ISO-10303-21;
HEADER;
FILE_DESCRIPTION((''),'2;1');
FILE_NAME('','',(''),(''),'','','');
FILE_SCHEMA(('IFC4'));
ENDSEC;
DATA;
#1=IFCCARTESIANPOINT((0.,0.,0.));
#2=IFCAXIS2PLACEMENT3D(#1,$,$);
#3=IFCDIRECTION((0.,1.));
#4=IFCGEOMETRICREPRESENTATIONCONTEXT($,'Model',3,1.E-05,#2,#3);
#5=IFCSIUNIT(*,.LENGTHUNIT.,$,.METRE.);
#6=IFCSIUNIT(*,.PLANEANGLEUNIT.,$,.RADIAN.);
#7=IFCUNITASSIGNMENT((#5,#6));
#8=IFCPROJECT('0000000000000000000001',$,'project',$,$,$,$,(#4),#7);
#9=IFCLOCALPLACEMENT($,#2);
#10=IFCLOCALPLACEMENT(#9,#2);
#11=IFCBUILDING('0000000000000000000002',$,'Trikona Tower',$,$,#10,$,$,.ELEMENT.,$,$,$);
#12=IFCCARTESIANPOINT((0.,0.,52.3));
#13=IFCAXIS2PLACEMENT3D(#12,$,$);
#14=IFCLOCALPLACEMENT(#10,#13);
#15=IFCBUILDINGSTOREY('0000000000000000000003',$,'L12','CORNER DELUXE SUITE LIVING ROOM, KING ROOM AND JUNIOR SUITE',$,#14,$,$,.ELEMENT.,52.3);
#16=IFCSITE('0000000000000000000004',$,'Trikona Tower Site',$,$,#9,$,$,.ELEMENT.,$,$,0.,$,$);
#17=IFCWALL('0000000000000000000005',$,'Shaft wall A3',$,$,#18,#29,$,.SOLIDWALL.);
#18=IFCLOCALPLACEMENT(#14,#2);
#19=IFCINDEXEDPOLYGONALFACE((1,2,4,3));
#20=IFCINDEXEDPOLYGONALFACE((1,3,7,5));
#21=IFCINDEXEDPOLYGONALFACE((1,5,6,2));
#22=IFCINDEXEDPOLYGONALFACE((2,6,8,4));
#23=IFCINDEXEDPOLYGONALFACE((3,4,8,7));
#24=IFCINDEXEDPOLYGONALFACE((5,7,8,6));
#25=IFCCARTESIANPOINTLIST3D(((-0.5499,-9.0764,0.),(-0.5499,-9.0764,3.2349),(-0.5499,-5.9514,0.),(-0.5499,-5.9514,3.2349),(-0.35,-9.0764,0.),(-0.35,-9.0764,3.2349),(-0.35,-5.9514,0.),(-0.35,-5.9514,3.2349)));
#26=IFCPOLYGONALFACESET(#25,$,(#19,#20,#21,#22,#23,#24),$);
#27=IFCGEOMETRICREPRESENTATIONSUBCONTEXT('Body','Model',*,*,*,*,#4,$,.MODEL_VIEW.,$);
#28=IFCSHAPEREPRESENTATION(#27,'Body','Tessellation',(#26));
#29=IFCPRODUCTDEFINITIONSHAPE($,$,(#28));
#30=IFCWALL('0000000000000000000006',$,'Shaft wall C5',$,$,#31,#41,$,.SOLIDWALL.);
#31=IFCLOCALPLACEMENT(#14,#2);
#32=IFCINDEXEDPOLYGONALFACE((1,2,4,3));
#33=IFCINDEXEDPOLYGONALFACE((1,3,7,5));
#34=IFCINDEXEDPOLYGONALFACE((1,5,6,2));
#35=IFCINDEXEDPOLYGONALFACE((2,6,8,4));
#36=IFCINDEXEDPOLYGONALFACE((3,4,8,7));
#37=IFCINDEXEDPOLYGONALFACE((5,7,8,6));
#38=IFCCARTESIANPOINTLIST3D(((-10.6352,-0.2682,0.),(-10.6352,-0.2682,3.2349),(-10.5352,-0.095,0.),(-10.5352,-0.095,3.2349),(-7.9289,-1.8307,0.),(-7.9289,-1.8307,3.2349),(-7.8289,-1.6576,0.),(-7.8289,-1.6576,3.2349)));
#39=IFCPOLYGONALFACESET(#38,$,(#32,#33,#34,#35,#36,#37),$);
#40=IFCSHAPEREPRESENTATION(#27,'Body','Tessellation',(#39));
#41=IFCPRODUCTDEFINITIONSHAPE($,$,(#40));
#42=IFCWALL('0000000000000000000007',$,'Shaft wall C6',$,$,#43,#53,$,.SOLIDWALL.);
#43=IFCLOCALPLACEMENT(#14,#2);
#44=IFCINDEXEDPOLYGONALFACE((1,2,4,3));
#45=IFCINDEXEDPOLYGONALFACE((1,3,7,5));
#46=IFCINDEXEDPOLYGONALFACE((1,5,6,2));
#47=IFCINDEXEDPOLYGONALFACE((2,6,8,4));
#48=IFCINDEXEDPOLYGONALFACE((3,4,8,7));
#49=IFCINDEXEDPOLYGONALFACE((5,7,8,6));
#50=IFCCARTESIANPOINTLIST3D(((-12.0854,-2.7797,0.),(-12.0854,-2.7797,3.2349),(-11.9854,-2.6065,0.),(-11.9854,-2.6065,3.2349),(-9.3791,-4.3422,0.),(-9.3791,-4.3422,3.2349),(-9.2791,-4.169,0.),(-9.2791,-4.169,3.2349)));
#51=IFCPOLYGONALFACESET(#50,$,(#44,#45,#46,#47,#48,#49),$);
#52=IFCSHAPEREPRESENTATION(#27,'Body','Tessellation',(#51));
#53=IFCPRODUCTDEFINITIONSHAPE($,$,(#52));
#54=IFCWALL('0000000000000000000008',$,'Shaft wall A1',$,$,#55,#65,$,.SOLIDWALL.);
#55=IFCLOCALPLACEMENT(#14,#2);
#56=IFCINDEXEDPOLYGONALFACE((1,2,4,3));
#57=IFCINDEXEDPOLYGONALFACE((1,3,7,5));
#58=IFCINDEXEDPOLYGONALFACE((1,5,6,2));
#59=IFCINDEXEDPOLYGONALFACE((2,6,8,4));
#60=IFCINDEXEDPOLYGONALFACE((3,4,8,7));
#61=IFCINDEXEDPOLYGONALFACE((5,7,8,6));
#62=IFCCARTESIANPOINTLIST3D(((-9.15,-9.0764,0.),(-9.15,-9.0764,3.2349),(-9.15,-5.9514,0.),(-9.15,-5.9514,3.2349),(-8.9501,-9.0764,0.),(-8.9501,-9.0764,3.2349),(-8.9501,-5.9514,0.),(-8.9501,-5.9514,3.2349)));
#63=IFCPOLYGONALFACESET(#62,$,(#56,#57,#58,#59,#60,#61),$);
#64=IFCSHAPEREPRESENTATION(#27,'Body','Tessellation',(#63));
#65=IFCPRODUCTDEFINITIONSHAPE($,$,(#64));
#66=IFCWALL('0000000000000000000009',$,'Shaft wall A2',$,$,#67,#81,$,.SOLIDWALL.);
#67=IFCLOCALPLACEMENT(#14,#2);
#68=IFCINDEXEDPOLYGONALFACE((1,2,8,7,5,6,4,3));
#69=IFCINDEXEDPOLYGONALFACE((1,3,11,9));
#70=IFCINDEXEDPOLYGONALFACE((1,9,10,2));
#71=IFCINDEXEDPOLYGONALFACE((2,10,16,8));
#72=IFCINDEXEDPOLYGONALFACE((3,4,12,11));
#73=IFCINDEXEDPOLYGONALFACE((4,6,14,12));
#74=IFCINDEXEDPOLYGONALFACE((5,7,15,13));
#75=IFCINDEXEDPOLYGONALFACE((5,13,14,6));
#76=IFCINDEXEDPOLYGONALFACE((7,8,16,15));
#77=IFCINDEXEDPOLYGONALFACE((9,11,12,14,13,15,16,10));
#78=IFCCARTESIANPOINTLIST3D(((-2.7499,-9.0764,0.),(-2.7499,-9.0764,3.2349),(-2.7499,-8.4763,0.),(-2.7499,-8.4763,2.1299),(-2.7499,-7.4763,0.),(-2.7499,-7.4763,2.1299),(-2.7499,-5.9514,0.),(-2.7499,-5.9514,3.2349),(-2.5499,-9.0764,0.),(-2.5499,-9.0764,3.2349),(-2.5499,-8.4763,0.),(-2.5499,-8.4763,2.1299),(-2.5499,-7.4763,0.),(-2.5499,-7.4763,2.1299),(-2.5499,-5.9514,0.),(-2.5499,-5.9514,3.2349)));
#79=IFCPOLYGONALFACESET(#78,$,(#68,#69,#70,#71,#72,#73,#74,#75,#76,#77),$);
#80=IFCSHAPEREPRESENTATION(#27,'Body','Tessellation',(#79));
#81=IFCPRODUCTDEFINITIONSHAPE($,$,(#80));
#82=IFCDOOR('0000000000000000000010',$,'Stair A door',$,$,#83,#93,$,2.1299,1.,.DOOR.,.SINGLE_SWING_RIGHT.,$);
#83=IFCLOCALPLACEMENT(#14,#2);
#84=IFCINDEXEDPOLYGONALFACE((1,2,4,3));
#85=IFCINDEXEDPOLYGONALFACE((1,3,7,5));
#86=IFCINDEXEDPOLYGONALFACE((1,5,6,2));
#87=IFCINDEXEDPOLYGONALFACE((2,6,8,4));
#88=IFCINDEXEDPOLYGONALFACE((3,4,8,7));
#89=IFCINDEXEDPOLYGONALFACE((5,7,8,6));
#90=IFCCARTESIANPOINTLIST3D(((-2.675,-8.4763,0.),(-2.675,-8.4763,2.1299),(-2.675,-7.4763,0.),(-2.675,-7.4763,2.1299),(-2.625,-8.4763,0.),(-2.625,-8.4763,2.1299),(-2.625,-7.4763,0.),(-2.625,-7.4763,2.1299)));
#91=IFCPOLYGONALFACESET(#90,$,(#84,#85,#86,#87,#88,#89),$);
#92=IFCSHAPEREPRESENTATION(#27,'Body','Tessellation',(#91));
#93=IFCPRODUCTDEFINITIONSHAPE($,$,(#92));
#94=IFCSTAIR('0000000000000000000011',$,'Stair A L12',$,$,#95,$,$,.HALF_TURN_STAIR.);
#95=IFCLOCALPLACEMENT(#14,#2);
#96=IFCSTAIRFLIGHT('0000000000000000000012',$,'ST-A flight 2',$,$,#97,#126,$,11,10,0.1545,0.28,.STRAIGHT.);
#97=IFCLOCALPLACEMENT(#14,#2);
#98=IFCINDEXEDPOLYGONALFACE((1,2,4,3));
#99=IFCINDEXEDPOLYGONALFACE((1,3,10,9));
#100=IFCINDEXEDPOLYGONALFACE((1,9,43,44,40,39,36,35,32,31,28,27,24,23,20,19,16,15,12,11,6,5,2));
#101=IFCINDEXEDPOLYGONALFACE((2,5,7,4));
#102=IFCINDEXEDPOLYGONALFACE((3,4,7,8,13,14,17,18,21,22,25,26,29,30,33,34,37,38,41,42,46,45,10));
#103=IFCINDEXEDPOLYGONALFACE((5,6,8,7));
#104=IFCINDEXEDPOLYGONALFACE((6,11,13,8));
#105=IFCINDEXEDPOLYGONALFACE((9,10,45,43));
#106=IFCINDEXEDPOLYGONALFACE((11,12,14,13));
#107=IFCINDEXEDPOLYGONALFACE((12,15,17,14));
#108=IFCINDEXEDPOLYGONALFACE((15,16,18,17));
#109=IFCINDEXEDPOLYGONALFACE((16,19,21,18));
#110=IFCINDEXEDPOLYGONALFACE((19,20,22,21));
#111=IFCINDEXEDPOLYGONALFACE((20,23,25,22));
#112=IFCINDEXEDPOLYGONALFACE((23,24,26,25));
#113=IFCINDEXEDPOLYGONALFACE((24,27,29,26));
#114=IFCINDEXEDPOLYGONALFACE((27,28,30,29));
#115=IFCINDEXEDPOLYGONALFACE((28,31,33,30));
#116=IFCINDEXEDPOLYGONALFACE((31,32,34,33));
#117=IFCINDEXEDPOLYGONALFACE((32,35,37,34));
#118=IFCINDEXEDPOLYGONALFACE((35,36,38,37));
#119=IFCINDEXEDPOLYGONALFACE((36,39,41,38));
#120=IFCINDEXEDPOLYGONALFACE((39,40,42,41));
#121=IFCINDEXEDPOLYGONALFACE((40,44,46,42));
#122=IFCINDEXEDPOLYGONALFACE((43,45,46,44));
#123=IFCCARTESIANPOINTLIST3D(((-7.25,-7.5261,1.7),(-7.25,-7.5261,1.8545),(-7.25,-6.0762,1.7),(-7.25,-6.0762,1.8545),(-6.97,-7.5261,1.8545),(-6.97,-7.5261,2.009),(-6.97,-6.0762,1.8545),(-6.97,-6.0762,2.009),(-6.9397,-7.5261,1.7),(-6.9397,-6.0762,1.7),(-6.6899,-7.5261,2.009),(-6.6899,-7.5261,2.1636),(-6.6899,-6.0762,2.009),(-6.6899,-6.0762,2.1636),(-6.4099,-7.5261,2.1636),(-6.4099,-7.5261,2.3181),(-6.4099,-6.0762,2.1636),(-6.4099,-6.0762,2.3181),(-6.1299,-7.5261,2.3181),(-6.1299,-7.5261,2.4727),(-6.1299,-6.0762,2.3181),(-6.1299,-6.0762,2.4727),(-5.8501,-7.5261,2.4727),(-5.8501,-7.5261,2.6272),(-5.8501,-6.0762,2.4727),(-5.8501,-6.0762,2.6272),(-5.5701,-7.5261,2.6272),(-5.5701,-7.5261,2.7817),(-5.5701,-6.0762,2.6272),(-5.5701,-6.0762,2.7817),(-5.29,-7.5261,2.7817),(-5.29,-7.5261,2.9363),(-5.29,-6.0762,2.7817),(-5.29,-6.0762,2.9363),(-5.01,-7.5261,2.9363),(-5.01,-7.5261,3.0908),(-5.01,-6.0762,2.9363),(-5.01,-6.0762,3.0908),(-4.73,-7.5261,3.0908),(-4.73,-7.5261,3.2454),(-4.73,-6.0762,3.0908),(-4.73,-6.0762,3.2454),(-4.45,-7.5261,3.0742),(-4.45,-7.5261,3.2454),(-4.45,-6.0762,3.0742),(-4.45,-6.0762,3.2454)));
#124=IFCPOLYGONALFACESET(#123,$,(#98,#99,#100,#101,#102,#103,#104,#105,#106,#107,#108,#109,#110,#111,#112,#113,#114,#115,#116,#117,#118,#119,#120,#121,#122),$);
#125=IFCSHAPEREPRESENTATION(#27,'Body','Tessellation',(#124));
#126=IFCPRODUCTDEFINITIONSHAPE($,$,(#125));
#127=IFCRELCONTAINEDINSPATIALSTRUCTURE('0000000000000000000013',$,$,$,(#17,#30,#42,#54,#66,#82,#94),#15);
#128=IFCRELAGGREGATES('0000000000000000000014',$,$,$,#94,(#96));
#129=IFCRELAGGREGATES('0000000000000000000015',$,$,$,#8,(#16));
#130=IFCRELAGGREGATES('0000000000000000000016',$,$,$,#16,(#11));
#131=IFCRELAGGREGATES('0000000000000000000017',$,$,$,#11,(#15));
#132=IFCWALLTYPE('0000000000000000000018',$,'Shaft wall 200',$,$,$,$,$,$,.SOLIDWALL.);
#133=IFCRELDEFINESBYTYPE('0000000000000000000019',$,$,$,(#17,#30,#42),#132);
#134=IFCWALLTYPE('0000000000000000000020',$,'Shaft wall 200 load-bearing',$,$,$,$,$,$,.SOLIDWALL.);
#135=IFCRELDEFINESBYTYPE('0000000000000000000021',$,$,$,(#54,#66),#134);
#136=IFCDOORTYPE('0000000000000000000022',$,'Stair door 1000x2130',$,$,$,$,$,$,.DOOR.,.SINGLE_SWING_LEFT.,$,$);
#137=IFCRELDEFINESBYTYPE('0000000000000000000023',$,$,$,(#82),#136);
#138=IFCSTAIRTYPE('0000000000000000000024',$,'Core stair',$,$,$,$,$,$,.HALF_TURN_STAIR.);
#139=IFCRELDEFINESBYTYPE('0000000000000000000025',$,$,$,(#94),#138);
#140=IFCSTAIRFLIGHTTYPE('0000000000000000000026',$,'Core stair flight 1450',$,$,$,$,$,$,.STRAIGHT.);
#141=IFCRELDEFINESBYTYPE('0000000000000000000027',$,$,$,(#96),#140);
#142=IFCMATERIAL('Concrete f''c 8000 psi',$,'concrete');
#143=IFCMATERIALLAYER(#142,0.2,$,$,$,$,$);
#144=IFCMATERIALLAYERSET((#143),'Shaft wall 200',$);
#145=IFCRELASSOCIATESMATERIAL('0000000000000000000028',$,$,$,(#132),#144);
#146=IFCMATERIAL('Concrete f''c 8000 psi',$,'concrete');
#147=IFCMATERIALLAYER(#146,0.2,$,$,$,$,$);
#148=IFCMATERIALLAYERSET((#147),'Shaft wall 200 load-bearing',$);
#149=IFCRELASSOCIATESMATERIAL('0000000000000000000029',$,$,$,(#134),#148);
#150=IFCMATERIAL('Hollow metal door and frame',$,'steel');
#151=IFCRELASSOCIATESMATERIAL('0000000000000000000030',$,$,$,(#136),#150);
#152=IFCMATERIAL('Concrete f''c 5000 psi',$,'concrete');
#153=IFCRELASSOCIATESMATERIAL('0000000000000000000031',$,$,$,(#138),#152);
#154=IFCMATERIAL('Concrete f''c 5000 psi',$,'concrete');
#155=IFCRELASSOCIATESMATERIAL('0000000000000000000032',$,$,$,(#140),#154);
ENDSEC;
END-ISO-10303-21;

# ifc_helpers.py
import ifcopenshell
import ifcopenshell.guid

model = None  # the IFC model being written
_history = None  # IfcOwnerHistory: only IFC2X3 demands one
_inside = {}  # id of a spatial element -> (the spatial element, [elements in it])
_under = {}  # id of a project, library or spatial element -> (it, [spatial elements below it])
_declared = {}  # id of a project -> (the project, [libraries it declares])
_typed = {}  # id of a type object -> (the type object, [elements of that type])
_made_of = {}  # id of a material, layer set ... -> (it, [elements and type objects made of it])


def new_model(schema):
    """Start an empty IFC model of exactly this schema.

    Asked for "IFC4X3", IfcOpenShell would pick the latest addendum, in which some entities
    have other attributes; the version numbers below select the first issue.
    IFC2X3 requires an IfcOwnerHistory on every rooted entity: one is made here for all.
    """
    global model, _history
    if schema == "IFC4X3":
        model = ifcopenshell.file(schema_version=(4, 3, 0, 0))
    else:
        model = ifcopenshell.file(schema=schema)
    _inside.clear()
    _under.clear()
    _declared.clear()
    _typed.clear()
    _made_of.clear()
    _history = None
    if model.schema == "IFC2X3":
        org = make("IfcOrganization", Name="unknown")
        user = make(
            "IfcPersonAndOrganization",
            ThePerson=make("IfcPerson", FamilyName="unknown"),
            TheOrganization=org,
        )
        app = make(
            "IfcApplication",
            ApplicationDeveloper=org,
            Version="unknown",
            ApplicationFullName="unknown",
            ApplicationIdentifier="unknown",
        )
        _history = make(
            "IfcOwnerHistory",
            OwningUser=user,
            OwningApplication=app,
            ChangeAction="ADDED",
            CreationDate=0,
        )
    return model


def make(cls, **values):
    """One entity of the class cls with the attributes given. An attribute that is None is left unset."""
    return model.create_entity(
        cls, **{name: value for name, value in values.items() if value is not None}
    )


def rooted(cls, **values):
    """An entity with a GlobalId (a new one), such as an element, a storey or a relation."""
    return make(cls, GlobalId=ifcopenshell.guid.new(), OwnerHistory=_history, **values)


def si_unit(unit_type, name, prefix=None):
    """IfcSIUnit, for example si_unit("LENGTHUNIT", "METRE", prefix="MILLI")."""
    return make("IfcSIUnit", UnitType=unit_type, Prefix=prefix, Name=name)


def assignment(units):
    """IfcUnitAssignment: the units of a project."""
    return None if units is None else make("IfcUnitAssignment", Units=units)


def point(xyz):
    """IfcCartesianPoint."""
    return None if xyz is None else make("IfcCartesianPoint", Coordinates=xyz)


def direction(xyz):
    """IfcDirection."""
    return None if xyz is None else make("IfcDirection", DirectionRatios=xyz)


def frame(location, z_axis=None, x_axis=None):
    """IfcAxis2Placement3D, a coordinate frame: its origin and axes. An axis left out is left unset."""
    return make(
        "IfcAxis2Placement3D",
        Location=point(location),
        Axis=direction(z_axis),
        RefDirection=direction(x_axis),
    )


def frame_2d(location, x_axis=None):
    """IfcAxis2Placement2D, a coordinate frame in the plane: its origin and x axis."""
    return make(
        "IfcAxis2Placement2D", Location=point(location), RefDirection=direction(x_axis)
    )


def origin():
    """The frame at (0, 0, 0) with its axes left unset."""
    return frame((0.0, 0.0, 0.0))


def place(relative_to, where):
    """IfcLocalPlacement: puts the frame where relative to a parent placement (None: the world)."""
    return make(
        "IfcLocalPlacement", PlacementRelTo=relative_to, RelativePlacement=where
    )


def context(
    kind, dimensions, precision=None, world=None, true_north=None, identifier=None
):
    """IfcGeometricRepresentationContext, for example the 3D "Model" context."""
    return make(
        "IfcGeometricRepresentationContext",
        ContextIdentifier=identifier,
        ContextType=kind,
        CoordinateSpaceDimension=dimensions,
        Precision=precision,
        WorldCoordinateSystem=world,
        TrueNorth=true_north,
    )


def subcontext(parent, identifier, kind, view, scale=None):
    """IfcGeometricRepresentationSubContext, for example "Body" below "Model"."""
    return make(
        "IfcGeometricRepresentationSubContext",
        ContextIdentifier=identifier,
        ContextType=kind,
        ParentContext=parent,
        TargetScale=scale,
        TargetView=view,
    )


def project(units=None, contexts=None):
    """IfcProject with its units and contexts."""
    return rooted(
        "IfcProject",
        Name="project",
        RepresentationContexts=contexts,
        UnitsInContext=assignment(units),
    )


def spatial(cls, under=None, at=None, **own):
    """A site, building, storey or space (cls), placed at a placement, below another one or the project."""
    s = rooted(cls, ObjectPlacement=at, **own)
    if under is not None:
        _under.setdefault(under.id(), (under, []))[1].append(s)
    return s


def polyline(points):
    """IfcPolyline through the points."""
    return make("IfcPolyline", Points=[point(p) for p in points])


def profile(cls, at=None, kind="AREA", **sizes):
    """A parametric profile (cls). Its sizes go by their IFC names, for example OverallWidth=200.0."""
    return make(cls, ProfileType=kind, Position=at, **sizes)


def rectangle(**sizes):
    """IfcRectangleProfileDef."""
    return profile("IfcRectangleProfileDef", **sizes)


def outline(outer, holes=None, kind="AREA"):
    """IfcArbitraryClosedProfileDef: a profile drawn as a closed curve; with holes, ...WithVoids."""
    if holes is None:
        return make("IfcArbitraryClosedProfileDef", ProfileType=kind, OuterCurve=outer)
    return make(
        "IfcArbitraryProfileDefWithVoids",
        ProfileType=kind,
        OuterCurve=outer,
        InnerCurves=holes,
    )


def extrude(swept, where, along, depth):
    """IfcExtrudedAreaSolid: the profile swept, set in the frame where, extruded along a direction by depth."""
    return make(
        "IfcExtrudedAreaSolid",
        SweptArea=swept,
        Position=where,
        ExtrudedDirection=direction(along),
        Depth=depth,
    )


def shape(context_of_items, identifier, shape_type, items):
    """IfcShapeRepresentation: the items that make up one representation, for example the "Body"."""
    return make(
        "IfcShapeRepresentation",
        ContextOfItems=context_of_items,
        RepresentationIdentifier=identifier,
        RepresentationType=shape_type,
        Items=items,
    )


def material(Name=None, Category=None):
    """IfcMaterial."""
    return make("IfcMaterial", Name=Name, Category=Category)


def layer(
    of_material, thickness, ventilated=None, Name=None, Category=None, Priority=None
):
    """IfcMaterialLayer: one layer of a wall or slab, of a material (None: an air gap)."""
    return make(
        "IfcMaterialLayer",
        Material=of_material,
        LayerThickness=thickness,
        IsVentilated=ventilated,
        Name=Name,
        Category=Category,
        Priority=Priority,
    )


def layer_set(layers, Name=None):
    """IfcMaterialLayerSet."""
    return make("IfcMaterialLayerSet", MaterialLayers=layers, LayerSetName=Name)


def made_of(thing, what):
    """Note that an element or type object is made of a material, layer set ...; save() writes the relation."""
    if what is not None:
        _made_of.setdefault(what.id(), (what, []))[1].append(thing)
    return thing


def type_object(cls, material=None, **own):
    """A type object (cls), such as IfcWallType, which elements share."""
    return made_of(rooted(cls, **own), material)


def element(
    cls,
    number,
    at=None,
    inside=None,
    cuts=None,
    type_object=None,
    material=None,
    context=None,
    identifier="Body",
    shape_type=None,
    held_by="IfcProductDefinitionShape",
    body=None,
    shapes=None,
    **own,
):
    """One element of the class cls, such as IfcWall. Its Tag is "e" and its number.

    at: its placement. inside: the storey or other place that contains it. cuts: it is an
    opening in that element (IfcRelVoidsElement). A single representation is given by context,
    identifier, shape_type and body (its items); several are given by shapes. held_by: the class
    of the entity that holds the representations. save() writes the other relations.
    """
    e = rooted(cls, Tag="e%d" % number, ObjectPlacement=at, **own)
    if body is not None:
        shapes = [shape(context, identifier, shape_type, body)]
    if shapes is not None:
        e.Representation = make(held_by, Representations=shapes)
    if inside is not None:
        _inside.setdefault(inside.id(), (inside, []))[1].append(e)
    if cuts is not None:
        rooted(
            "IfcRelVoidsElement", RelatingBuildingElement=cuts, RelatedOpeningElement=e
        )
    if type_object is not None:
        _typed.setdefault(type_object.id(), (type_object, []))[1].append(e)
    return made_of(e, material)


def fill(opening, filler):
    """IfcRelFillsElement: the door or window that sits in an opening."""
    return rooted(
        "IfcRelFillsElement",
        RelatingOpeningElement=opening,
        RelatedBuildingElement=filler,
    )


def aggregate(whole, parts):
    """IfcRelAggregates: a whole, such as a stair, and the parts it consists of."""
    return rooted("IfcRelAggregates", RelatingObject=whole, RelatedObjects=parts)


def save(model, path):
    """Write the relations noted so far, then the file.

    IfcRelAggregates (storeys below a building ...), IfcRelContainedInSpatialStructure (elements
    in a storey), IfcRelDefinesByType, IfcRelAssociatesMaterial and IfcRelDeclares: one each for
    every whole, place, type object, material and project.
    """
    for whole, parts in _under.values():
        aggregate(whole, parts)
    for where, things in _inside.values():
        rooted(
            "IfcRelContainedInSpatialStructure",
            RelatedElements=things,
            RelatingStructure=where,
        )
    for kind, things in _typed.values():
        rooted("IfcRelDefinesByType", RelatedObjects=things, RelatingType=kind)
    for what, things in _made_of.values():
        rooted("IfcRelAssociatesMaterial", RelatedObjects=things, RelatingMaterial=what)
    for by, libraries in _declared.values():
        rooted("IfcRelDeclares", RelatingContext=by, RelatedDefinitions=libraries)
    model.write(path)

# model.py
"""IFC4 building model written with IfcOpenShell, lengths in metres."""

from ifc_helpers import new_model, si_unit, direction, frame, frame_2d, origin, place, context, subcontext, project, spatial, polyline, rectangle, outline, extrude, material, layer, layer_set, type_object, element, fill, aggregate, save


model = new_model("IFC4")

# Units and contexts
model_context = context("Model", 3, precision=1e-05, world=origin(), true_north=direction((0.0, 1.0)))
body_context = subcontext(model_context, "Body", "Model", "MODEL_VIEW")
ifc_project = project(units=[si_unit("LENGTHUNIT", "METRE"), si_unit("PLANEANGLEUNIT", "RADIAN")], contexts=[model_context])

# Site, building, storey
site_placement = place(None, origin())
site = spatial("IfcSite", under=ifc_project, at=site_placement, Name="Trikona Tower Site", CompositionType="ELEMENT", RefElevation=0.0)
building_placement = place(site_placement, origin())
building = spatial("IfcBuilding", under=site, at=building_placement, Name="Trikona Tower", CompositionType="ELEMENT")
storey_placement = place(building_placement, frame((0.0, 0.0, 52.3)))
storey = spatial("IfcBuildingStorey", under=building, at=storey_placement, Name="L12", Description="CORNER DELUXE SUITE LIVING ROOM, KING ROOM AND JUNIOR SUITE", CompositionType="ELEMENT", Elevation=52.3)

# Walls
ifc_material_1 = material(Name="Concrete f'c 8000 psi", Category="concrete")
ifc_layer_1 = layer(ifc_material_1, 0.2)
ifc_layer_set_1 = layer_set([ifc_layer_1], Name="Shaft wall 200")
wall_type_1 = type_object("IfcWallType", Name="Shaft wall 200", PredefinedType="SOLIDWALL", material=ifc_layer_set_1)
for number, where, z_axis, x_axis, name in (
    (1, (-0.45, -5.9514, 0.0), (0.0, 0.0, 1.0), (0.0, -1.0, 0.0), "Shaft wall A3"),
    (2, (-7.8789, -1.7441, 0.0), (0.0, 0.0, 1.0), (-0.866023, 0.500004, 0.0), "Shaft wall C5"),
    (3, (-9.3291, -4.2556, 0.0), (0.0, 0.0, 1.0), (-0.866023, 0.500004, 0.0), "Shaft wall C6"),
):
    element("IfcWall", number, at=place(storey_placement, frame(where, z_axis=z_axis, x_axis=x_axis)), inside=storey, type_object=wall_type_1, Name=name, PredefinedType="SOLIDWALL", context=body_context, shape_type="SweptSolid", body=[
        extrude(rectangle(XDim=3.125, YDim=0.2, at=frame_2d((1.5625, 0.0))), origin(), (0.0, 0.0, 1.0), 3.2349),
    ])
ifc_material_2 = material(Name="Concrete f'c 8000 psi", Category="concrete")
ifc_layer_2 = layer(ifc_material_2, 0.2)
ifc_layer_set_2 = layer_set([ifc_layer_2], Name="Shaft wall 200 load-bearing")
wall_type_2 = type_object("IfcWallType", Name="Shaft wall 200 load-bearing", PredefinedType="SOLIDWALL", material=ifc_layer_set_2)
wall_1_placement = place(storey_placement, frame((-9.05, -5.9514, 0.0), z_axis=(0.0, 0.0, 1.0), x_axis=(0.0, -1.0, 0.0)))
element("IfcWall", 4, at=wall_1_placement, inside=storey, type_object=wall_type_2, Name="Shaft wall A1", PredefinedType="SOLIDWALL", context=body_context, shape_type="SweptSolid", body=[
    extrude(rectangle(XDim=3.125, YDim=0.2, at=frame_2d((1.5625, 0.0))), origin(), (0.0, 0.0, 1.0), 3.2349),
])

# Wall, opening, door
wall_2_placement = place(storey_placement, frame((-2.6499, -5.9514, 0.0), z_axis=(0.0, 0.0, 1.0), x_axis=(0.0, -1.0, 0.0)))
wall_2 = element("IfcWall", 5, at=wall_2_placement, inside=storey, type_object=wall_type_2, Name="Shaft wall A2", PredefinedType="SOLIDWALL", context=body_context, shape_type="SweptSolid", body=[
    extrude(rectangle(XDim=3.125, YDim=0.2, at=frame_2d((1.5625, 0.0))), origin(), (0.0, 0.0, 1.0), 3.2349),
])
opening_1_placement = place(wall_2_placement, frame((1.5249, 0.0, 0.0)))
opening_1 = element("IfcOpeningElement", 6, at=opening_1_placement, cuts=wall_2, PredefinedType="OPENING", context=body_context, shape_type="SweptSolid", body=[
    extrude(rectangle(XDim=1.0, YDim=2.1299, at=frame_2d((0.5, 1.0649))), frame((0.0, 0.1099, 0.0), z_axis=(0.0, -1.0, 0.0), x_axis=(1.0, 0.0, 0.0)), (0.0, 0.0, 1.0), 0.22),
])
ifc_material_3 = material(Name="Hollow metal door and frame", Category="steel")
door_type_1 = type_object("IfcDoorType", Name="Stair door 1000x2130", OperationType="SINGLE_SWING_LEFT", PredefinedType="DOOR", material=ifc_material_3)
door_1_placement = place(opening_1_placement, origin())
door_1 = element("IfcDoor", 7, at=door_1_placement, inside=storey, type_object=door_type_1, Name="Stair A door", OperationType="SINGLE_SWING_RIGHT", OverallHeight=2.1299, OverallWidth=1.0, PredefinedType="DOOR", context=body_context, shape_type="SweptSolid", body=[
    extrude(rectangle(XDim=1.0, YDim=2.1299, at=frame_2d((0.5, 1.0649))), frame((0.0, 0.0249, 0.0), z_axis=(0.0, -1.0, 0.0), x_axis=(1.0, 0.0, 0.0)), (0.0, 0.0, 1.0), 0.05),
])
fill(opening_1, door_1)

# Stair, stair flight
ifc_material_4 = material(Name="Concrete f'c 5000 psi", Category="concrete")
stair_type = type_object("IfcStairType", Name="Core stair", PredefinedType="HALF_TURN_STAIR", material=ifc_material_4)
stair_placement = place(storey_placement, origin())
stair = element("IfcStair", 8, at=stair_placement, inside=storey, type_object=stair_type, Name="Stair A L12", PredefinedType="HALF_TURN_STAIR")
ifc_material_5 = material(Name="Concrete f'c 5000 psi", Category="concrete")
stair_flight_type = type_object("IfcStairFlightType", Name="Core stair flight 1450", PredefinedType="STRAIGHT", material=ifc_material_5)
stair_flight_placement = place(storey_placement, frame((-7.25, -6.8013, 1.7), z_axis=(0.0, 0.0, 1.0), x_axis=(1.0, 0.0, 0.0)))
stair_flight = element("IfcStairFlight", 9, at=stair_flight_placement, type_object=stair_flight_type, Name="ST-A flight 2", NumberOfRisers=11, NumberOfTreads=10, PredefinedType="STRAIGHT", RiserHeight=0.1545, TreadLength=0.28, context=body_context, shape_type="SweptSolid", body=[
    extrude(outline(polyline([(0.0, 0.0), (0.0, 0.1545), (0.28, 0.1545), (0.28, 0.3091), (0.5601, 0.3091), (0.5601, 0.4636), (0.8401, 0.4636), (0.8401, 0.6182), (1.1201, 0.6182), (1.1201, 0.7727), (1.3999, 0.7727), (1.3999, 0.9272), (1.6799, 0.9272), (1.6799, 1.0818), (1.96, 1.0818), (1.96, 1.2363), (2.24, 1.2363), (2.24, 1.3909), (2.52, 1.3909), (2.52, 1.5454), (2.8, 1.5454), (2.8, 1.7), (2.8, 1.3743), (0.3103, 0.0), (0.0, 0.0)])), frame((0.0, 0.7251, 0.0), z_axis=(0.0, -1.0, 0.0), x_axis=(1.0, 0.0, 0.0)), (0.0, 0.0, 1.0), 1.45),
])
aggregate(stair, [stair_flight])

save(model, "model.ifc")
